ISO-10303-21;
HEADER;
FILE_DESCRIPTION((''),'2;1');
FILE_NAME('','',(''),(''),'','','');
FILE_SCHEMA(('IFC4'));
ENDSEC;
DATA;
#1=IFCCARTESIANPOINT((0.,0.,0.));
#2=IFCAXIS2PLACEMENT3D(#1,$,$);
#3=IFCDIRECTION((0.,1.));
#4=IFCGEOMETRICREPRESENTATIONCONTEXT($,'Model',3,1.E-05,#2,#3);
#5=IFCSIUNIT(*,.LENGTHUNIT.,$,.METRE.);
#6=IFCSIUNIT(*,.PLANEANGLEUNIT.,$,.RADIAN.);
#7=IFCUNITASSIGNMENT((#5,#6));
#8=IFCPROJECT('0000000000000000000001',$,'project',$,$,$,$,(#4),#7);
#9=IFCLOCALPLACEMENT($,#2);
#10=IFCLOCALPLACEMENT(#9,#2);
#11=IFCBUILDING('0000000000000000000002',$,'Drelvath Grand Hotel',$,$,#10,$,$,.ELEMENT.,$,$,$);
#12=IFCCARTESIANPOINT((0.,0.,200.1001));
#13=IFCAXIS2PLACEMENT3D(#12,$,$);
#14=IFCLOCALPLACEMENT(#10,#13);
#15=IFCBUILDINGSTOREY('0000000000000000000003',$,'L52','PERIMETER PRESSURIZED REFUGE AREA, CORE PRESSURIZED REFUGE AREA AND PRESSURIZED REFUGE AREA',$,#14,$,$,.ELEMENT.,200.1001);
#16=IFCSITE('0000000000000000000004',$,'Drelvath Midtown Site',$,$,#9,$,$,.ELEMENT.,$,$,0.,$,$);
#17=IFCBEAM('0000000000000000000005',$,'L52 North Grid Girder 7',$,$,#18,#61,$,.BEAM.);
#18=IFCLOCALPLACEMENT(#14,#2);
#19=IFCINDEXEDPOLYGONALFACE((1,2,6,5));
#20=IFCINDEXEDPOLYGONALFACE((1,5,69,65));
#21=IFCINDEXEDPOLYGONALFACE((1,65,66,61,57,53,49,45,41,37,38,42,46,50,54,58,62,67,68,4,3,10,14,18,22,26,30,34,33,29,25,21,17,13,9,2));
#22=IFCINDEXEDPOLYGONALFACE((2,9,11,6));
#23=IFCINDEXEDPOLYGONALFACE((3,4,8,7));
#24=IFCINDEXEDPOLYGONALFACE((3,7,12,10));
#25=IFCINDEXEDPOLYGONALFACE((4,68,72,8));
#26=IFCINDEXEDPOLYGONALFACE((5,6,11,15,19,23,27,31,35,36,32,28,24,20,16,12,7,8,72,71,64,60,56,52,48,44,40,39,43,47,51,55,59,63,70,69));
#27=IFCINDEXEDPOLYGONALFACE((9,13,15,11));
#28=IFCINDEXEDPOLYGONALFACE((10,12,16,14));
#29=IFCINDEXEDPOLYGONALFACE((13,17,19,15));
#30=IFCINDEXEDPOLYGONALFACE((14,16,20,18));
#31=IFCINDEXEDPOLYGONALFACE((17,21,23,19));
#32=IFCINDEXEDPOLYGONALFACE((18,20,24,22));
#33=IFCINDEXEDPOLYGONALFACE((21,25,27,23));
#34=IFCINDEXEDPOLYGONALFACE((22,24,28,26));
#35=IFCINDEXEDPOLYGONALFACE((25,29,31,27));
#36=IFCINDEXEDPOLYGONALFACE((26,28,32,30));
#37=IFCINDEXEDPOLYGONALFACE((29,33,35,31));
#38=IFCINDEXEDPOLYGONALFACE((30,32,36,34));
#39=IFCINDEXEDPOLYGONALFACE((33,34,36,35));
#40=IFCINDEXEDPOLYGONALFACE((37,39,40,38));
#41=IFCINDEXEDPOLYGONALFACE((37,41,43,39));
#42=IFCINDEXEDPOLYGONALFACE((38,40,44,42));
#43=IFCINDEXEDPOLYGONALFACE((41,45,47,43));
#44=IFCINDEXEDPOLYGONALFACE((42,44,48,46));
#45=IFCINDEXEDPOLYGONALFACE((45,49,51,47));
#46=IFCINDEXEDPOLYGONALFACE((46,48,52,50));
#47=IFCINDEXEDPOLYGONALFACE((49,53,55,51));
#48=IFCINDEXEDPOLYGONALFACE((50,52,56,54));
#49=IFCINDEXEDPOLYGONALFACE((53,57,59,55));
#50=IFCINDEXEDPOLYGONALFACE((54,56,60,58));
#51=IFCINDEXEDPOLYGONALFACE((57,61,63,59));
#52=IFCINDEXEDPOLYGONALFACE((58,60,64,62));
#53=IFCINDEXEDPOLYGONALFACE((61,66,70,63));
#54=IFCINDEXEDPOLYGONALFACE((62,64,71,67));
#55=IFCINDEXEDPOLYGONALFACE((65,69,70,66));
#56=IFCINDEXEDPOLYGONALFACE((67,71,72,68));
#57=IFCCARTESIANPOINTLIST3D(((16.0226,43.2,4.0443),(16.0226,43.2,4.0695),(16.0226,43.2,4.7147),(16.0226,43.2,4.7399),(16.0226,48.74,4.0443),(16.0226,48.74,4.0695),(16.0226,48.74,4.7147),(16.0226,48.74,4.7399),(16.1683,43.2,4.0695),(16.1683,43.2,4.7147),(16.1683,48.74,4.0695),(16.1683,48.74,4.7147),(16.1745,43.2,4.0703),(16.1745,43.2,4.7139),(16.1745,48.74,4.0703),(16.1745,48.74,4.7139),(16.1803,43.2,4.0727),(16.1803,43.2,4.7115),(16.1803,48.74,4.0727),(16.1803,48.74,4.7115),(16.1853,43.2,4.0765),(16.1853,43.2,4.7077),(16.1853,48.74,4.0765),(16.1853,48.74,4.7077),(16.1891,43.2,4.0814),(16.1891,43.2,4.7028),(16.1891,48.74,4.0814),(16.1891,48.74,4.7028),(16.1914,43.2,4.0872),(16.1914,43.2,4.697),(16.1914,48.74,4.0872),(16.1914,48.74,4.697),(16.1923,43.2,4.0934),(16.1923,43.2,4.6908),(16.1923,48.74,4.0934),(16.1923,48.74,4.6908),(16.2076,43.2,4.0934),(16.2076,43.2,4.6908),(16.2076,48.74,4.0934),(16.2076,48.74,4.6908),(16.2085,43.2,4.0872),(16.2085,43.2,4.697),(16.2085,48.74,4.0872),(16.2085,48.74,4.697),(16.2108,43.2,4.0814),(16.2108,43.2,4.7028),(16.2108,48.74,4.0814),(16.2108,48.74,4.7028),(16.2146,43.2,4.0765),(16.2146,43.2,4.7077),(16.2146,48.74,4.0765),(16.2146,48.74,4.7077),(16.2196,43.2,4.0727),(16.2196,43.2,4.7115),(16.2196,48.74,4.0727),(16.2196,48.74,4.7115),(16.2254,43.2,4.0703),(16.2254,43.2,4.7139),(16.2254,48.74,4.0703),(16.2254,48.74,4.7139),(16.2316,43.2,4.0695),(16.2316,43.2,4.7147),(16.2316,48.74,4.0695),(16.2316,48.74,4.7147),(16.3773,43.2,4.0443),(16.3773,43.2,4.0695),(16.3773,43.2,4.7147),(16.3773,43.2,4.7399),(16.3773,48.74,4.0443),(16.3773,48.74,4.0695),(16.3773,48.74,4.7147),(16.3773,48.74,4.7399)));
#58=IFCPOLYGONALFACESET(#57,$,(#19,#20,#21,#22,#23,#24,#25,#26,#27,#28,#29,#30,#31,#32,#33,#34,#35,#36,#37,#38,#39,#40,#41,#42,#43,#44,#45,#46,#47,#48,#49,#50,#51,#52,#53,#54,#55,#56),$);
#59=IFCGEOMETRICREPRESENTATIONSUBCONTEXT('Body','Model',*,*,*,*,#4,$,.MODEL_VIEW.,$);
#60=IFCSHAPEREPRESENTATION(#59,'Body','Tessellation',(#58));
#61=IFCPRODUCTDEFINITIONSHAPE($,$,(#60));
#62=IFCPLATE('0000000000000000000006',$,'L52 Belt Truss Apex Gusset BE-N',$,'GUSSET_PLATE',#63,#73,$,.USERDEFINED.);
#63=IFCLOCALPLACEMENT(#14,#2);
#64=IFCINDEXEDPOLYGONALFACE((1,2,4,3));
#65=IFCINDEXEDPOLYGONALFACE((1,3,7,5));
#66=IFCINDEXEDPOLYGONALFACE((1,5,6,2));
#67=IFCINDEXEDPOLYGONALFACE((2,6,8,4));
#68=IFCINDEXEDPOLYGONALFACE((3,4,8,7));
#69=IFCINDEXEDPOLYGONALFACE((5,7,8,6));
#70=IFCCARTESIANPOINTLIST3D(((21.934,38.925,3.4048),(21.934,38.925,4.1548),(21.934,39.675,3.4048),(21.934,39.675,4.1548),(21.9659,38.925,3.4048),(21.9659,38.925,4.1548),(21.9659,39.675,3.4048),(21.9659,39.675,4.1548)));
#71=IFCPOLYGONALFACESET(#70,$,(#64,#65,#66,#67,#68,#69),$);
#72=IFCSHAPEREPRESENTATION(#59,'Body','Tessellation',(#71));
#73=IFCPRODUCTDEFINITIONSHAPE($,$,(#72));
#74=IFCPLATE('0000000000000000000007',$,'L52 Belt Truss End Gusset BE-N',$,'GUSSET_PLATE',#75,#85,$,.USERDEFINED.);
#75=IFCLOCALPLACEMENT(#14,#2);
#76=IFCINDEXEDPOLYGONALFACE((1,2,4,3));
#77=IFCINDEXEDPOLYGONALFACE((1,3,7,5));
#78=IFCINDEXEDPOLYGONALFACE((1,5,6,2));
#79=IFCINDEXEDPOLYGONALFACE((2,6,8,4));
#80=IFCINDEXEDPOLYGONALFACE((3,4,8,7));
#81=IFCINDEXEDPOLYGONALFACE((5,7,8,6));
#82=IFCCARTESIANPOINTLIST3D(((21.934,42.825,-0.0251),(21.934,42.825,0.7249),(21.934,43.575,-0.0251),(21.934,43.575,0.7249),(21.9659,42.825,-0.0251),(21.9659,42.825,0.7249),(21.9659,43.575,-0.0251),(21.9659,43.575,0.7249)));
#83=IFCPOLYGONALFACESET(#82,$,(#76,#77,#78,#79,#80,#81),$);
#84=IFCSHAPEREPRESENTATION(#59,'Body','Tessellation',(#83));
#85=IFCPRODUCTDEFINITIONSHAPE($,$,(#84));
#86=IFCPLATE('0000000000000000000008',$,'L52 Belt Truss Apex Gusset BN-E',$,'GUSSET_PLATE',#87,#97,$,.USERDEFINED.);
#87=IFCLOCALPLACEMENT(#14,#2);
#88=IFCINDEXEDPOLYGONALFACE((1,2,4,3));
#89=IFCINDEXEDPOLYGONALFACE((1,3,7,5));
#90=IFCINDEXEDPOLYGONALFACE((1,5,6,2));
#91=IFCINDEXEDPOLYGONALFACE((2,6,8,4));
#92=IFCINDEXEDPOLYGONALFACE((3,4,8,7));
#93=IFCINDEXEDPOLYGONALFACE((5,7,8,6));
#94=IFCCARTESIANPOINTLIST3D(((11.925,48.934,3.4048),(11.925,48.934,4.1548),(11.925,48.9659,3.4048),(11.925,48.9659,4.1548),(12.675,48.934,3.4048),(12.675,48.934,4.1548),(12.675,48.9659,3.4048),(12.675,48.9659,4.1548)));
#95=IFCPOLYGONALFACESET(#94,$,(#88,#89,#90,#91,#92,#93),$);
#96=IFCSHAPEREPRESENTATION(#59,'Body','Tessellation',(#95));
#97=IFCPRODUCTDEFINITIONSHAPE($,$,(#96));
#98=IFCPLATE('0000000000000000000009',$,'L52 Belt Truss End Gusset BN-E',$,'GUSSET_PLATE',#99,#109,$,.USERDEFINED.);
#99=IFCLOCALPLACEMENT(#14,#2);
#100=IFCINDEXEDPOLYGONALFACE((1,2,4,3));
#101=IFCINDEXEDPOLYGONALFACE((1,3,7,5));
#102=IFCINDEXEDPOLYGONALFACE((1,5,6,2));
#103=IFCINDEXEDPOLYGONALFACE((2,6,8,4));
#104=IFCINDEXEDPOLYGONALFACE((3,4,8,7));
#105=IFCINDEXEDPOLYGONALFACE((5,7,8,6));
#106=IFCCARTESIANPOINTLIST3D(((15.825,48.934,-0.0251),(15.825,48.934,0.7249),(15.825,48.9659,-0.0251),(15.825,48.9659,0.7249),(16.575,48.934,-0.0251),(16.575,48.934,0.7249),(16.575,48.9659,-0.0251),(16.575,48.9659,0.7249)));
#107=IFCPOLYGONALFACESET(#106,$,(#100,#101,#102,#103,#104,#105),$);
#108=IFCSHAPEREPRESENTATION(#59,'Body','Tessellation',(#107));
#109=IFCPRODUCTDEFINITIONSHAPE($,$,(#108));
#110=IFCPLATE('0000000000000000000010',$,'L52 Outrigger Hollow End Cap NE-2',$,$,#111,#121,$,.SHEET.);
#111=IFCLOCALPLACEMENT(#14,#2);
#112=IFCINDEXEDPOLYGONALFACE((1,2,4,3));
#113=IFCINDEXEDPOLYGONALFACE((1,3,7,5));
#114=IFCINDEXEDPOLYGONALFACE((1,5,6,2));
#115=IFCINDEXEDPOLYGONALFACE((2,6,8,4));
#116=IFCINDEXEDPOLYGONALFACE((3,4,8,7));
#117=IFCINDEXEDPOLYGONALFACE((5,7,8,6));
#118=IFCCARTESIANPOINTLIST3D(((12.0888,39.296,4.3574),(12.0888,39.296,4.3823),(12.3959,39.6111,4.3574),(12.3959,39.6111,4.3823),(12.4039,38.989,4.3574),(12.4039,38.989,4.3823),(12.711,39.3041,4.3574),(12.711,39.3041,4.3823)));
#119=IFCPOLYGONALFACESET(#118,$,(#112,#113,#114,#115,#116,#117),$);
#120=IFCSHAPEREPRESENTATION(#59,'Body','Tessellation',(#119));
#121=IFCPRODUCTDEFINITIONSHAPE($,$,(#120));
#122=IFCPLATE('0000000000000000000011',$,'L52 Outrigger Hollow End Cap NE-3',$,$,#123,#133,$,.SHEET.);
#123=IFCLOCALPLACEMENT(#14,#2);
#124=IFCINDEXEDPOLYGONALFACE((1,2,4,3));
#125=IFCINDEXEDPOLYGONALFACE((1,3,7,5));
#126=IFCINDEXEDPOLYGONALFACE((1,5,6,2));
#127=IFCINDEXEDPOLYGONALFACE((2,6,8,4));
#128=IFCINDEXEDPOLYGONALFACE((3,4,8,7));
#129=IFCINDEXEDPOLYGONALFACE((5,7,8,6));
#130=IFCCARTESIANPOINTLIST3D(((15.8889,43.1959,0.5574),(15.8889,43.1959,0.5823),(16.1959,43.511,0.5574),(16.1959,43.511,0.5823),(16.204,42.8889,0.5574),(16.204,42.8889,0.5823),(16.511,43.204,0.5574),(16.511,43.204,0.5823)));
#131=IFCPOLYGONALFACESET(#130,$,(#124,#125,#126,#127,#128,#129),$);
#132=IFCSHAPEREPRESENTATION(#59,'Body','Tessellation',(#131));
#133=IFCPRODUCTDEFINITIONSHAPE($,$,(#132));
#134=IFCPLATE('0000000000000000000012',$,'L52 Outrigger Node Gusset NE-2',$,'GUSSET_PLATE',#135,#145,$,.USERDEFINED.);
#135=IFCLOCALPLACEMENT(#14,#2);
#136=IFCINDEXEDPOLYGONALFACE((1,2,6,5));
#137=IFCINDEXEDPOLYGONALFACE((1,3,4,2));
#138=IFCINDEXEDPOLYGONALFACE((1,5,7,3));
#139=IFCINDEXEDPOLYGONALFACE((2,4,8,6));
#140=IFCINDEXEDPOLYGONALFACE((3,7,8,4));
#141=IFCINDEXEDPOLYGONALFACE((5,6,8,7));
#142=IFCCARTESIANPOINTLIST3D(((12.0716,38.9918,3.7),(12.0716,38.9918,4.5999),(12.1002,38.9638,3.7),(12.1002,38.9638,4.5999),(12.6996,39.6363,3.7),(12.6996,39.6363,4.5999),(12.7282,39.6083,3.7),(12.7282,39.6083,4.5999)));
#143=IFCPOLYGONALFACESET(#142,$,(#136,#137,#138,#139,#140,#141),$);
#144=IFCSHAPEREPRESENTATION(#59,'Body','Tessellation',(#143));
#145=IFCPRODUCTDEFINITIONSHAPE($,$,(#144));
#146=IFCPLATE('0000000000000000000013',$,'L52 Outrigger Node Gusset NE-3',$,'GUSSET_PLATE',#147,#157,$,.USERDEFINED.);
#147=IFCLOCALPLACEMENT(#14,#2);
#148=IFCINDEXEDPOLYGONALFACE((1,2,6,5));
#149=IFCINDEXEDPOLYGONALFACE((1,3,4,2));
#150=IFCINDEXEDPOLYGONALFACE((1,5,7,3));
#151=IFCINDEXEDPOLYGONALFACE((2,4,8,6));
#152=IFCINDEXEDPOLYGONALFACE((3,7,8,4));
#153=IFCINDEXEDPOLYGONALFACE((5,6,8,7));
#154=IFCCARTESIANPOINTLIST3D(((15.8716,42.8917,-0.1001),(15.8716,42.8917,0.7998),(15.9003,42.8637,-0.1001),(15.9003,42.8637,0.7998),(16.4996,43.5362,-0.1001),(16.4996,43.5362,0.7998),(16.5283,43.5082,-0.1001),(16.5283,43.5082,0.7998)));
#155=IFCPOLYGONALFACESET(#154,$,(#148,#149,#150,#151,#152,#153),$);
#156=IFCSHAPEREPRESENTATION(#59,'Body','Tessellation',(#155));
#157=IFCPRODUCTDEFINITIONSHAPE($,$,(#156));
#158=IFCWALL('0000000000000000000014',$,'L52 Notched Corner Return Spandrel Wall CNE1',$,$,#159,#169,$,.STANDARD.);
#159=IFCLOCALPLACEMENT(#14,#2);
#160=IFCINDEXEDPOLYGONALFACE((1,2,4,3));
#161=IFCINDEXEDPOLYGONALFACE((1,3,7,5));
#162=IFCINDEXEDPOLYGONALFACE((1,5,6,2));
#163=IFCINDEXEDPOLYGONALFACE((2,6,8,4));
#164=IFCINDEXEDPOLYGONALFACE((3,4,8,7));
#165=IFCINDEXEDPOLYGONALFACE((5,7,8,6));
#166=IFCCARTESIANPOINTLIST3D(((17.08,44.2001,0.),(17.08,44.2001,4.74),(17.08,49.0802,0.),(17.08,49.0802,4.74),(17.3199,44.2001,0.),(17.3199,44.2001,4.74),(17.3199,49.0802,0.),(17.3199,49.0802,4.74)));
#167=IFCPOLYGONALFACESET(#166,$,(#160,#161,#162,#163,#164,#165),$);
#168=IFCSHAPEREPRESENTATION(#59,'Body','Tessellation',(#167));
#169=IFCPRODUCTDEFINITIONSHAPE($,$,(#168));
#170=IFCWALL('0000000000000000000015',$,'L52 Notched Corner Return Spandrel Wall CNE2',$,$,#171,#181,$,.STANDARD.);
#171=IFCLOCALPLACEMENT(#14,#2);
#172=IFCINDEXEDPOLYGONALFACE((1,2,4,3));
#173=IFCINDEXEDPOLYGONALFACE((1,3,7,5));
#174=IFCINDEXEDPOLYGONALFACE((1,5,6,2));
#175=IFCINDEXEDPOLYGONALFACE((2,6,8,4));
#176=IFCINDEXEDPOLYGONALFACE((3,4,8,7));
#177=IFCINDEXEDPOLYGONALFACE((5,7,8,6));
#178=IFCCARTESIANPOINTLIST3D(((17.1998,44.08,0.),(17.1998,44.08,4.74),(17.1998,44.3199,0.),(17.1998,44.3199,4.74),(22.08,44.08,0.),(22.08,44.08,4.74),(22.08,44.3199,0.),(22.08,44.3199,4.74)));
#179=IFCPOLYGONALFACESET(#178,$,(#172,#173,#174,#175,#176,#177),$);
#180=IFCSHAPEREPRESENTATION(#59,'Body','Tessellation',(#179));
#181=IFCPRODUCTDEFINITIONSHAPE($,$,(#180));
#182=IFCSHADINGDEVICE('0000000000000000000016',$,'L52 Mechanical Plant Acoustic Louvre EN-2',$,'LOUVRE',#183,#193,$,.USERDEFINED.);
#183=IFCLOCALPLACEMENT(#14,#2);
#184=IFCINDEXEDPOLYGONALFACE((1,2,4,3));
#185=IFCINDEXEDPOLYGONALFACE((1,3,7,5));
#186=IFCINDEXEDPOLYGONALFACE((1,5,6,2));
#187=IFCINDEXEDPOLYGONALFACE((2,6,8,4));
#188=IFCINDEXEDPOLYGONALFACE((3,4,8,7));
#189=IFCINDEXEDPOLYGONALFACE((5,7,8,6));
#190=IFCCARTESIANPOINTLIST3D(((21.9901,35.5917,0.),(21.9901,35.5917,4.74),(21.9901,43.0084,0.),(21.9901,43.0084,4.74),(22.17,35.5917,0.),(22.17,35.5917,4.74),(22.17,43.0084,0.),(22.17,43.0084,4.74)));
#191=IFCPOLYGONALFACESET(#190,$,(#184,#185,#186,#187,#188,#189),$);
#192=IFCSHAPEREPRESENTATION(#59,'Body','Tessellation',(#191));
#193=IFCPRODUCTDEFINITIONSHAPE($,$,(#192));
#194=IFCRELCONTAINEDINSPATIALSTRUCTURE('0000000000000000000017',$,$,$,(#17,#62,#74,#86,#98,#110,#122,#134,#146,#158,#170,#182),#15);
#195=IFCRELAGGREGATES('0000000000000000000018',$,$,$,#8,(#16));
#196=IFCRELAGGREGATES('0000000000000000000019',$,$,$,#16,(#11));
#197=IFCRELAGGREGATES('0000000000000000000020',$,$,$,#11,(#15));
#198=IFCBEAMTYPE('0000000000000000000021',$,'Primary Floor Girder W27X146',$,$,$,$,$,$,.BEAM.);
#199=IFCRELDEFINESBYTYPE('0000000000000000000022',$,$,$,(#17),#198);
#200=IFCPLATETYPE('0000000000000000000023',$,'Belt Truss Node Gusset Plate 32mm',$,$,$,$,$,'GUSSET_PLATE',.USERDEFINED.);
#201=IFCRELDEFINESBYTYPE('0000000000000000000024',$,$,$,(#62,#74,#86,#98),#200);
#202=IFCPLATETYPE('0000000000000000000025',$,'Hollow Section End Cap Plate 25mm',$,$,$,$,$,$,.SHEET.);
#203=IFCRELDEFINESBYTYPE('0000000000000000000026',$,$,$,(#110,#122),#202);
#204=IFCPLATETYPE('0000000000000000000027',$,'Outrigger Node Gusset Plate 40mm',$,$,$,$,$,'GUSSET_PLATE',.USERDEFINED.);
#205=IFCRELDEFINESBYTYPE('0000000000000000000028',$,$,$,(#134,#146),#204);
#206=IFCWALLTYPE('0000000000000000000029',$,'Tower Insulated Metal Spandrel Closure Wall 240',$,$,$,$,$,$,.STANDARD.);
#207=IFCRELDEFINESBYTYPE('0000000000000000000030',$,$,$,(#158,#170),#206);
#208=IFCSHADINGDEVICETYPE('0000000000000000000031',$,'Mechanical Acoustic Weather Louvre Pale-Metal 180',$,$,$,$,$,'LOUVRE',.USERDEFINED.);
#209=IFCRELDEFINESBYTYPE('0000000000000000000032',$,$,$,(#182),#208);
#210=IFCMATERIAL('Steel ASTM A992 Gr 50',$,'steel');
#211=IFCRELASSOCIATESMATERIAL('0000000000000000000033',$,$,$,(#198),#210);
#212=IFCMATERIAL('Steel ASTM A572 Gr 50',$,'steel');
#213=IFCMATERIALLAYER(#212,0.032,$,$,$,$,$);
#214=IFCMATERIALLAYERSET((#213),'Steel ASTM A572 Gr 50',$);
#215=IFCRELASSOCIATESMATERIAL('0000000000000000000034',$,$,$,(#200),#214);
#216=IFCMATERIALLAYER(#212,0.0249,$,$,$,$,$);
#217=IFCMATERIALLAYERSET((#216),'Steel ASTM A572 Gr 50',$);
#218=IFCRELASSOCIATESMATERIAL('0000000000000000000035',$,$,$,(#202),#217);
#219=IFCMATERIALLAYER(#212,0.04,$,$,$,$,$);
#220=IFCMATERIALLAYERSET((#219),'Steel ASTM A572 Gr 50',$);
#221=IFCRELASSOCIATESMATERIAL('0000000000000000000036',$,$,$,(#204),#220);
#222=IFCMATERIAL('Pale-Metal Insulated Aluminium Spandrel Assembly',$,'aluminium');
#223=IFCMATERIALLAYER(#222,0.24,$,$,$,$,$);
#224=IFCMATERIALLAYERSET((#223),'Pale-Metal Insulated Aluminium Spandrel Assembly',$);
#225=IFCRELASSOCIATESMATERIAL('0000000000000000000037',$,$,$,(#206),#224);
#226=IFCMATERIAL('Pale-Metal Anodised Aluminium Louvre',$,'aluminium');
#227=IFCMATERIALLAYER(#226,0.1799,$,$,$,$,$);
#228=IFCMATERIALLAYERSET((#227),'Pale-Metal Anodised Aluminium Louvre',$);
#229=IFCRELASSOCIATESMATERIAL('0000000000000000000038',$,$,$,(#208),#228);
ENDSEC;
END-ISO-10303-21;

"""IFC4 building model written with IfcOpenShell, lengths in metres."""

from ifc_helpers import new_model, si_unit, direction, frame, frame_2d, origin, origin_2d, place, context, subcontext, project, spatial, rectangle, i_section, extrude, material, layer, layer_set, material_profile, profile_set, type_object, element, save


model = new_model("IFC4")

# Units and contexts
model_context = context("Model", 3, precision=1e-05, world=origin(), true_north=direction((0.0, 1.0)))
body_context = subcontext(model_context, "Body", "Model", "MODEL_VIEW")
ifc_project = project(units=[si_unit("LENGTHUNIT", "METRE"), si_unit("PLANEANGLEUNIT", "RADIAN")], contexts=[model_context])

# Site, building, storey
site_placement = place(None, origin())
site = spatial("IfcSite", under=ifc_project, at=site_placement, Name="Drelvath Midtown Site", CompositionType="ELEMENT", RefElevation=0.0)
building_placement = place(site_placement, origin())
building = spatial("IfcBuilding", under=site, at=building_placement, Name="Drelvath Grand Hotel", CompositionType="ELEMENT")
storey_placement = place(building_placement, frame((0.0, 0.0, 200.1001)))
storey = spatial("IfcBuildingStorey", under=building, at=storey_placement, Name="L52", Description="PERIMETER PRESSURIZED REFUGE AREA, CORE PRESSURIZED REFUGE AREA AND PRESSURIZED REFUGE AREA", CompositionType="ELEMENT", Elevation=200.1001)

# Beam
ifc_material_1 = material(Name="Steel ASTM A992 Gr 50", Category="steel")
ifc_material_profile_1 = material_profile(ifc_material_1, i_section(OverallWidth=0.3547, OverallDepth=0.6956, WebThickness=0.0154, FlangeThickness=0.0251, FilletRadius=0.0239, at=origin_2d()), Name="W27X146")
ifc_profile_set_1 = profile_set([ifc_material_profile_1], Name="Steel ASTM A992 Gr 50")
beam_type = type_object("IfcBeamType", Name="Primary Floor Girder W27X146", PredefinedType="BEAM", material=ifc_profile_set_1)
for number, where, z_axis, x_axis, name in (
    (1, (16.2, 43.2, 4.3921), (0.0, 1.0, 0.0), (-1.0, 0.0, 0.0), "L52 North Grid Girder 7"),
):
    element("IfcBeam", number, at=place(storey_placement, frame(where, z_axis=z_axis, x_axis=x_axis)), inside=storey, type_object=beam_type, Name=name, PredefinedType="BEAM", context=body_context, shape_type="SweptSolid", body=[
        extrude(i_section(OverallWidth=0.3547, OverallDepth=0.6956, WebThickness=0.0154, FlangeThickness=0.0251, FilletRadius=0.0239, at=origin_2d()), origin(), (0.0, 0.0, 1.0), 5.54),
    ])

# Plates
ifc_material_2 = material(Name="Steel ASTM A572 Gr 50", Category="steel")
ifc_layer_1 = layer(ifc_material_2, 0.032)
ifc_layer_set_1 = layer_set([ifc_layer_1], Name="Steel ASTM A572 Gr 50")
plate_type_1 = type_object("IfcPlateType", Name="Belt Truss Node Gusset Plate 32mm", ElementType="GUSSET_PLATE", PredefinedType="USERDEFINED", material=ifc_layer_set_1)
for number, where, z_axis, x_axis, name in (
    (2, (21.95, 39.3, 3.4048), (0.0, 0.0, 1.0), (0.0, 1.0, 0.0), "L52 Belt Truss Apex Gusset BE-N"),
    (3, (21.95, 43.2, -0.0251), (0.0, 0.0, 1.0), (0.0, 1.0, 0.0), "L52 Belt Truss End Gusset BE-N"),
    (4, (12.3, 48.95, 3.4048), (0.0, 0.0, 1.0), (1.0, 0.0, 0.0), "L52 Belt Truss Apex Gusset BN-E"),
    (5, (16.2, 48.95, -0.0251), (0.0, 0.0, 1.0), (1.0, 0.0, 0.0), "L52 Belt Truss End Gusset BN-E"),
):
    element("IfcPlate", number, at=place(storey_placement, frame(where, z_axis=z_axis, x_axis=x_axis)), inside=storey, type_object=plate_type_1, Name=name, ObjectType="GUSSET_PLATE", PredefinedType="USERDEFINED", context=body_context, shape_type="SweptSolid", body=[
        extrude(rectangle(XDim=0.75, YDim=0.032, at=origin_2d()), origin(), (0.0, 0.0, 1.0), 0.75),
    ])
ifc_layer_2 = layer(ifc_material_2, 0.0249)
ifc_layer_set_2 = layer_set([ifc_layer_2], Name="Steel ASTM A572 Gr 50")
plate_type_2 = type_object("IfcPlateType", Name="Hollow Section End Cap Plate 25mm", PredefinedType="SHEET", material=ifc_layer_set_2)
for number, where, z_axis, x_axis, name in (
    (6, (12.3999, 39.3, 4.3574), (0.0, 0.0, 1.0), (0.697865, 0.71623, 0.0), "L52 Outrigger Hollow End Cap NE-2"),
    (7, (16.2, 43.2, 0.5574), (0.0, 0.0, 1.0), (0.697865, 0.71623, 0.0), "L52 Outrigger Hollow End Cap NE-3"),
):
    element("IfcPlate", number, at=place(storey_placement, frame(where, z_axis=z_axis, x_axis=x_axis)), inside=storey, type_object=plate_type_2, Name=name, PredefinedType="SHEET", context=body_context, shape_type="SweptSolid", body=[
        extrude(rectangle(XDim=0.4399, YDim=0.4399, at=origin_2d()), origin(), (0.0, 0.0, 1.0), 0.0249),
    ])
ifc_layer_3 = layer(ifc_material_2, 0.04)
ifc_layer_set_3 = layer_set([ifc_layer_3], Name="Steel ASTM A572 Gr 50")
plate_type_3 = type_object("IfcPlateType", Name="Outrigger Node Gusset Plate 40mm", ElementType="GUSSET_PLATE", PredefinedType="USERDEFINED", material=ifc_layer_set_3)
for number, where, z_axis, x_axis, name in (
    (8, (12.3999, 39.3, 3.7), (0.0, 0.0, 1.0), (0.697865, 0.71623, 0.0), "L52 Outrigger Node Gusset NE-2"),
    (9, (16.2, 43.2, -0.1001), (0.0, 0.0, 1.0), (0.697865, 0.71623, 0.0), "L52 Outrigger Node Gusset NE-3"),
):
    element("IfcPlate", number, at=place(storey_placement, frame(where, z_axis=z_axis, x_axis=x_axis)), inside=storey, type_object=plate_type_3, Name=name, ObjectType="GUSSET_PLATE", PredefinedType="USERDEFINED", context=body_context, shape_type="SweptSolid", body=[
        extrude(rectangle(XDim=0.8999, YDim=0.04, at=origin_2d()), origin(), (0.0, 0.0, 1.0), 0.8999),
    ])

# Walls
ifc_material_3 = material(Name="Pale-Metal Insulated Aluminium Spandrel Assembly", Category="aluminium")
ifc_layer_4 = layer(ifc_material_3, 0.24)
ifc_layer_set_4 = layer_set([ifc_layer_4], Name="Pale-Metal Insulated Aluminium Spandrel Assembly")
wall_type = type_object("IfcWallType", Name="Tower Insulated Metal Spandrel Closure Wall 240", PredefinedType="STANDARD", material=ifc_layer_set_4)
for number, where, z_axis, x_axis, name in (
    (10, (17.2, 49.0801, 0.0), (0.0, 0.0, 1.0), (0.0, -1.0, 0.0), "L52 Notched Corner Return Spandrel Wall CNE1"),
    (11, (17.2, 44.2, 0.0), (0.0, 0.0, 1.0), (1.0, 0.0, 0.0), "L52 Notched Corner Return Spandrel Wall CNE2"),
):
    element("IfcWall", number, at=place(storey_placement, frame(where, z_axis=z_axis, x_axis=x_axis)), inside=storey, type_object=wall_type, Name=name, PredefinedType="STANDARD", context=body_context, shape_type="SweptSolid", body=[
        extrude(rectangle(XDim=4.8801, YDim=0.24, at=frame_2d((2.4399, 0.0))), origin(), (0.0, 0.0, 1.0), 4.74),
    ])

# Shading device
ifc_material_4 = material(Name="Pale-Metal Anodised Aluminium Louvre", Category="aluminium")
ifc_layer_5 = layer(ifc_material_4, 0.1799)
ifc_layer_set_5 = layer_set([ifc_layer_5], Name="Pale-Metal Anodised Aluminium Louvre")
shading_device_type = type_object("IfcShadingDeviceType", Name="Mechanical Acoustic Weather Louvre Pale-Metal 180", ElementType="LOUVRE", PredefinedType="USERDEFINED", material=ifc_layer_set_5)
shading_device_1_placement = place(storey_placement, frame((22.0801, 39.3, 0.0), z_axis=(0.0, 0.0, 1.0), x_axis=(0.0, 1.0, 0.0)))
element("IfcShadingDevice", 12, at=shading_device_1_placement, inside=storey, type_object=shading_device_type, Name="L52 Mechanical Plant Acoustic Louvre EN-2", ObjectType="LOUVRE", PredefinedType="USERDEFINED", context=body_context, shape_type="SweptSolid", body=[
    extrude(rectangle(XDim=7.4167, YDim=0.1799, at=origin_2d()), origin(), (0.0, 0.0, 1.0), 4.74),
])

save(model, "model.ifc")
